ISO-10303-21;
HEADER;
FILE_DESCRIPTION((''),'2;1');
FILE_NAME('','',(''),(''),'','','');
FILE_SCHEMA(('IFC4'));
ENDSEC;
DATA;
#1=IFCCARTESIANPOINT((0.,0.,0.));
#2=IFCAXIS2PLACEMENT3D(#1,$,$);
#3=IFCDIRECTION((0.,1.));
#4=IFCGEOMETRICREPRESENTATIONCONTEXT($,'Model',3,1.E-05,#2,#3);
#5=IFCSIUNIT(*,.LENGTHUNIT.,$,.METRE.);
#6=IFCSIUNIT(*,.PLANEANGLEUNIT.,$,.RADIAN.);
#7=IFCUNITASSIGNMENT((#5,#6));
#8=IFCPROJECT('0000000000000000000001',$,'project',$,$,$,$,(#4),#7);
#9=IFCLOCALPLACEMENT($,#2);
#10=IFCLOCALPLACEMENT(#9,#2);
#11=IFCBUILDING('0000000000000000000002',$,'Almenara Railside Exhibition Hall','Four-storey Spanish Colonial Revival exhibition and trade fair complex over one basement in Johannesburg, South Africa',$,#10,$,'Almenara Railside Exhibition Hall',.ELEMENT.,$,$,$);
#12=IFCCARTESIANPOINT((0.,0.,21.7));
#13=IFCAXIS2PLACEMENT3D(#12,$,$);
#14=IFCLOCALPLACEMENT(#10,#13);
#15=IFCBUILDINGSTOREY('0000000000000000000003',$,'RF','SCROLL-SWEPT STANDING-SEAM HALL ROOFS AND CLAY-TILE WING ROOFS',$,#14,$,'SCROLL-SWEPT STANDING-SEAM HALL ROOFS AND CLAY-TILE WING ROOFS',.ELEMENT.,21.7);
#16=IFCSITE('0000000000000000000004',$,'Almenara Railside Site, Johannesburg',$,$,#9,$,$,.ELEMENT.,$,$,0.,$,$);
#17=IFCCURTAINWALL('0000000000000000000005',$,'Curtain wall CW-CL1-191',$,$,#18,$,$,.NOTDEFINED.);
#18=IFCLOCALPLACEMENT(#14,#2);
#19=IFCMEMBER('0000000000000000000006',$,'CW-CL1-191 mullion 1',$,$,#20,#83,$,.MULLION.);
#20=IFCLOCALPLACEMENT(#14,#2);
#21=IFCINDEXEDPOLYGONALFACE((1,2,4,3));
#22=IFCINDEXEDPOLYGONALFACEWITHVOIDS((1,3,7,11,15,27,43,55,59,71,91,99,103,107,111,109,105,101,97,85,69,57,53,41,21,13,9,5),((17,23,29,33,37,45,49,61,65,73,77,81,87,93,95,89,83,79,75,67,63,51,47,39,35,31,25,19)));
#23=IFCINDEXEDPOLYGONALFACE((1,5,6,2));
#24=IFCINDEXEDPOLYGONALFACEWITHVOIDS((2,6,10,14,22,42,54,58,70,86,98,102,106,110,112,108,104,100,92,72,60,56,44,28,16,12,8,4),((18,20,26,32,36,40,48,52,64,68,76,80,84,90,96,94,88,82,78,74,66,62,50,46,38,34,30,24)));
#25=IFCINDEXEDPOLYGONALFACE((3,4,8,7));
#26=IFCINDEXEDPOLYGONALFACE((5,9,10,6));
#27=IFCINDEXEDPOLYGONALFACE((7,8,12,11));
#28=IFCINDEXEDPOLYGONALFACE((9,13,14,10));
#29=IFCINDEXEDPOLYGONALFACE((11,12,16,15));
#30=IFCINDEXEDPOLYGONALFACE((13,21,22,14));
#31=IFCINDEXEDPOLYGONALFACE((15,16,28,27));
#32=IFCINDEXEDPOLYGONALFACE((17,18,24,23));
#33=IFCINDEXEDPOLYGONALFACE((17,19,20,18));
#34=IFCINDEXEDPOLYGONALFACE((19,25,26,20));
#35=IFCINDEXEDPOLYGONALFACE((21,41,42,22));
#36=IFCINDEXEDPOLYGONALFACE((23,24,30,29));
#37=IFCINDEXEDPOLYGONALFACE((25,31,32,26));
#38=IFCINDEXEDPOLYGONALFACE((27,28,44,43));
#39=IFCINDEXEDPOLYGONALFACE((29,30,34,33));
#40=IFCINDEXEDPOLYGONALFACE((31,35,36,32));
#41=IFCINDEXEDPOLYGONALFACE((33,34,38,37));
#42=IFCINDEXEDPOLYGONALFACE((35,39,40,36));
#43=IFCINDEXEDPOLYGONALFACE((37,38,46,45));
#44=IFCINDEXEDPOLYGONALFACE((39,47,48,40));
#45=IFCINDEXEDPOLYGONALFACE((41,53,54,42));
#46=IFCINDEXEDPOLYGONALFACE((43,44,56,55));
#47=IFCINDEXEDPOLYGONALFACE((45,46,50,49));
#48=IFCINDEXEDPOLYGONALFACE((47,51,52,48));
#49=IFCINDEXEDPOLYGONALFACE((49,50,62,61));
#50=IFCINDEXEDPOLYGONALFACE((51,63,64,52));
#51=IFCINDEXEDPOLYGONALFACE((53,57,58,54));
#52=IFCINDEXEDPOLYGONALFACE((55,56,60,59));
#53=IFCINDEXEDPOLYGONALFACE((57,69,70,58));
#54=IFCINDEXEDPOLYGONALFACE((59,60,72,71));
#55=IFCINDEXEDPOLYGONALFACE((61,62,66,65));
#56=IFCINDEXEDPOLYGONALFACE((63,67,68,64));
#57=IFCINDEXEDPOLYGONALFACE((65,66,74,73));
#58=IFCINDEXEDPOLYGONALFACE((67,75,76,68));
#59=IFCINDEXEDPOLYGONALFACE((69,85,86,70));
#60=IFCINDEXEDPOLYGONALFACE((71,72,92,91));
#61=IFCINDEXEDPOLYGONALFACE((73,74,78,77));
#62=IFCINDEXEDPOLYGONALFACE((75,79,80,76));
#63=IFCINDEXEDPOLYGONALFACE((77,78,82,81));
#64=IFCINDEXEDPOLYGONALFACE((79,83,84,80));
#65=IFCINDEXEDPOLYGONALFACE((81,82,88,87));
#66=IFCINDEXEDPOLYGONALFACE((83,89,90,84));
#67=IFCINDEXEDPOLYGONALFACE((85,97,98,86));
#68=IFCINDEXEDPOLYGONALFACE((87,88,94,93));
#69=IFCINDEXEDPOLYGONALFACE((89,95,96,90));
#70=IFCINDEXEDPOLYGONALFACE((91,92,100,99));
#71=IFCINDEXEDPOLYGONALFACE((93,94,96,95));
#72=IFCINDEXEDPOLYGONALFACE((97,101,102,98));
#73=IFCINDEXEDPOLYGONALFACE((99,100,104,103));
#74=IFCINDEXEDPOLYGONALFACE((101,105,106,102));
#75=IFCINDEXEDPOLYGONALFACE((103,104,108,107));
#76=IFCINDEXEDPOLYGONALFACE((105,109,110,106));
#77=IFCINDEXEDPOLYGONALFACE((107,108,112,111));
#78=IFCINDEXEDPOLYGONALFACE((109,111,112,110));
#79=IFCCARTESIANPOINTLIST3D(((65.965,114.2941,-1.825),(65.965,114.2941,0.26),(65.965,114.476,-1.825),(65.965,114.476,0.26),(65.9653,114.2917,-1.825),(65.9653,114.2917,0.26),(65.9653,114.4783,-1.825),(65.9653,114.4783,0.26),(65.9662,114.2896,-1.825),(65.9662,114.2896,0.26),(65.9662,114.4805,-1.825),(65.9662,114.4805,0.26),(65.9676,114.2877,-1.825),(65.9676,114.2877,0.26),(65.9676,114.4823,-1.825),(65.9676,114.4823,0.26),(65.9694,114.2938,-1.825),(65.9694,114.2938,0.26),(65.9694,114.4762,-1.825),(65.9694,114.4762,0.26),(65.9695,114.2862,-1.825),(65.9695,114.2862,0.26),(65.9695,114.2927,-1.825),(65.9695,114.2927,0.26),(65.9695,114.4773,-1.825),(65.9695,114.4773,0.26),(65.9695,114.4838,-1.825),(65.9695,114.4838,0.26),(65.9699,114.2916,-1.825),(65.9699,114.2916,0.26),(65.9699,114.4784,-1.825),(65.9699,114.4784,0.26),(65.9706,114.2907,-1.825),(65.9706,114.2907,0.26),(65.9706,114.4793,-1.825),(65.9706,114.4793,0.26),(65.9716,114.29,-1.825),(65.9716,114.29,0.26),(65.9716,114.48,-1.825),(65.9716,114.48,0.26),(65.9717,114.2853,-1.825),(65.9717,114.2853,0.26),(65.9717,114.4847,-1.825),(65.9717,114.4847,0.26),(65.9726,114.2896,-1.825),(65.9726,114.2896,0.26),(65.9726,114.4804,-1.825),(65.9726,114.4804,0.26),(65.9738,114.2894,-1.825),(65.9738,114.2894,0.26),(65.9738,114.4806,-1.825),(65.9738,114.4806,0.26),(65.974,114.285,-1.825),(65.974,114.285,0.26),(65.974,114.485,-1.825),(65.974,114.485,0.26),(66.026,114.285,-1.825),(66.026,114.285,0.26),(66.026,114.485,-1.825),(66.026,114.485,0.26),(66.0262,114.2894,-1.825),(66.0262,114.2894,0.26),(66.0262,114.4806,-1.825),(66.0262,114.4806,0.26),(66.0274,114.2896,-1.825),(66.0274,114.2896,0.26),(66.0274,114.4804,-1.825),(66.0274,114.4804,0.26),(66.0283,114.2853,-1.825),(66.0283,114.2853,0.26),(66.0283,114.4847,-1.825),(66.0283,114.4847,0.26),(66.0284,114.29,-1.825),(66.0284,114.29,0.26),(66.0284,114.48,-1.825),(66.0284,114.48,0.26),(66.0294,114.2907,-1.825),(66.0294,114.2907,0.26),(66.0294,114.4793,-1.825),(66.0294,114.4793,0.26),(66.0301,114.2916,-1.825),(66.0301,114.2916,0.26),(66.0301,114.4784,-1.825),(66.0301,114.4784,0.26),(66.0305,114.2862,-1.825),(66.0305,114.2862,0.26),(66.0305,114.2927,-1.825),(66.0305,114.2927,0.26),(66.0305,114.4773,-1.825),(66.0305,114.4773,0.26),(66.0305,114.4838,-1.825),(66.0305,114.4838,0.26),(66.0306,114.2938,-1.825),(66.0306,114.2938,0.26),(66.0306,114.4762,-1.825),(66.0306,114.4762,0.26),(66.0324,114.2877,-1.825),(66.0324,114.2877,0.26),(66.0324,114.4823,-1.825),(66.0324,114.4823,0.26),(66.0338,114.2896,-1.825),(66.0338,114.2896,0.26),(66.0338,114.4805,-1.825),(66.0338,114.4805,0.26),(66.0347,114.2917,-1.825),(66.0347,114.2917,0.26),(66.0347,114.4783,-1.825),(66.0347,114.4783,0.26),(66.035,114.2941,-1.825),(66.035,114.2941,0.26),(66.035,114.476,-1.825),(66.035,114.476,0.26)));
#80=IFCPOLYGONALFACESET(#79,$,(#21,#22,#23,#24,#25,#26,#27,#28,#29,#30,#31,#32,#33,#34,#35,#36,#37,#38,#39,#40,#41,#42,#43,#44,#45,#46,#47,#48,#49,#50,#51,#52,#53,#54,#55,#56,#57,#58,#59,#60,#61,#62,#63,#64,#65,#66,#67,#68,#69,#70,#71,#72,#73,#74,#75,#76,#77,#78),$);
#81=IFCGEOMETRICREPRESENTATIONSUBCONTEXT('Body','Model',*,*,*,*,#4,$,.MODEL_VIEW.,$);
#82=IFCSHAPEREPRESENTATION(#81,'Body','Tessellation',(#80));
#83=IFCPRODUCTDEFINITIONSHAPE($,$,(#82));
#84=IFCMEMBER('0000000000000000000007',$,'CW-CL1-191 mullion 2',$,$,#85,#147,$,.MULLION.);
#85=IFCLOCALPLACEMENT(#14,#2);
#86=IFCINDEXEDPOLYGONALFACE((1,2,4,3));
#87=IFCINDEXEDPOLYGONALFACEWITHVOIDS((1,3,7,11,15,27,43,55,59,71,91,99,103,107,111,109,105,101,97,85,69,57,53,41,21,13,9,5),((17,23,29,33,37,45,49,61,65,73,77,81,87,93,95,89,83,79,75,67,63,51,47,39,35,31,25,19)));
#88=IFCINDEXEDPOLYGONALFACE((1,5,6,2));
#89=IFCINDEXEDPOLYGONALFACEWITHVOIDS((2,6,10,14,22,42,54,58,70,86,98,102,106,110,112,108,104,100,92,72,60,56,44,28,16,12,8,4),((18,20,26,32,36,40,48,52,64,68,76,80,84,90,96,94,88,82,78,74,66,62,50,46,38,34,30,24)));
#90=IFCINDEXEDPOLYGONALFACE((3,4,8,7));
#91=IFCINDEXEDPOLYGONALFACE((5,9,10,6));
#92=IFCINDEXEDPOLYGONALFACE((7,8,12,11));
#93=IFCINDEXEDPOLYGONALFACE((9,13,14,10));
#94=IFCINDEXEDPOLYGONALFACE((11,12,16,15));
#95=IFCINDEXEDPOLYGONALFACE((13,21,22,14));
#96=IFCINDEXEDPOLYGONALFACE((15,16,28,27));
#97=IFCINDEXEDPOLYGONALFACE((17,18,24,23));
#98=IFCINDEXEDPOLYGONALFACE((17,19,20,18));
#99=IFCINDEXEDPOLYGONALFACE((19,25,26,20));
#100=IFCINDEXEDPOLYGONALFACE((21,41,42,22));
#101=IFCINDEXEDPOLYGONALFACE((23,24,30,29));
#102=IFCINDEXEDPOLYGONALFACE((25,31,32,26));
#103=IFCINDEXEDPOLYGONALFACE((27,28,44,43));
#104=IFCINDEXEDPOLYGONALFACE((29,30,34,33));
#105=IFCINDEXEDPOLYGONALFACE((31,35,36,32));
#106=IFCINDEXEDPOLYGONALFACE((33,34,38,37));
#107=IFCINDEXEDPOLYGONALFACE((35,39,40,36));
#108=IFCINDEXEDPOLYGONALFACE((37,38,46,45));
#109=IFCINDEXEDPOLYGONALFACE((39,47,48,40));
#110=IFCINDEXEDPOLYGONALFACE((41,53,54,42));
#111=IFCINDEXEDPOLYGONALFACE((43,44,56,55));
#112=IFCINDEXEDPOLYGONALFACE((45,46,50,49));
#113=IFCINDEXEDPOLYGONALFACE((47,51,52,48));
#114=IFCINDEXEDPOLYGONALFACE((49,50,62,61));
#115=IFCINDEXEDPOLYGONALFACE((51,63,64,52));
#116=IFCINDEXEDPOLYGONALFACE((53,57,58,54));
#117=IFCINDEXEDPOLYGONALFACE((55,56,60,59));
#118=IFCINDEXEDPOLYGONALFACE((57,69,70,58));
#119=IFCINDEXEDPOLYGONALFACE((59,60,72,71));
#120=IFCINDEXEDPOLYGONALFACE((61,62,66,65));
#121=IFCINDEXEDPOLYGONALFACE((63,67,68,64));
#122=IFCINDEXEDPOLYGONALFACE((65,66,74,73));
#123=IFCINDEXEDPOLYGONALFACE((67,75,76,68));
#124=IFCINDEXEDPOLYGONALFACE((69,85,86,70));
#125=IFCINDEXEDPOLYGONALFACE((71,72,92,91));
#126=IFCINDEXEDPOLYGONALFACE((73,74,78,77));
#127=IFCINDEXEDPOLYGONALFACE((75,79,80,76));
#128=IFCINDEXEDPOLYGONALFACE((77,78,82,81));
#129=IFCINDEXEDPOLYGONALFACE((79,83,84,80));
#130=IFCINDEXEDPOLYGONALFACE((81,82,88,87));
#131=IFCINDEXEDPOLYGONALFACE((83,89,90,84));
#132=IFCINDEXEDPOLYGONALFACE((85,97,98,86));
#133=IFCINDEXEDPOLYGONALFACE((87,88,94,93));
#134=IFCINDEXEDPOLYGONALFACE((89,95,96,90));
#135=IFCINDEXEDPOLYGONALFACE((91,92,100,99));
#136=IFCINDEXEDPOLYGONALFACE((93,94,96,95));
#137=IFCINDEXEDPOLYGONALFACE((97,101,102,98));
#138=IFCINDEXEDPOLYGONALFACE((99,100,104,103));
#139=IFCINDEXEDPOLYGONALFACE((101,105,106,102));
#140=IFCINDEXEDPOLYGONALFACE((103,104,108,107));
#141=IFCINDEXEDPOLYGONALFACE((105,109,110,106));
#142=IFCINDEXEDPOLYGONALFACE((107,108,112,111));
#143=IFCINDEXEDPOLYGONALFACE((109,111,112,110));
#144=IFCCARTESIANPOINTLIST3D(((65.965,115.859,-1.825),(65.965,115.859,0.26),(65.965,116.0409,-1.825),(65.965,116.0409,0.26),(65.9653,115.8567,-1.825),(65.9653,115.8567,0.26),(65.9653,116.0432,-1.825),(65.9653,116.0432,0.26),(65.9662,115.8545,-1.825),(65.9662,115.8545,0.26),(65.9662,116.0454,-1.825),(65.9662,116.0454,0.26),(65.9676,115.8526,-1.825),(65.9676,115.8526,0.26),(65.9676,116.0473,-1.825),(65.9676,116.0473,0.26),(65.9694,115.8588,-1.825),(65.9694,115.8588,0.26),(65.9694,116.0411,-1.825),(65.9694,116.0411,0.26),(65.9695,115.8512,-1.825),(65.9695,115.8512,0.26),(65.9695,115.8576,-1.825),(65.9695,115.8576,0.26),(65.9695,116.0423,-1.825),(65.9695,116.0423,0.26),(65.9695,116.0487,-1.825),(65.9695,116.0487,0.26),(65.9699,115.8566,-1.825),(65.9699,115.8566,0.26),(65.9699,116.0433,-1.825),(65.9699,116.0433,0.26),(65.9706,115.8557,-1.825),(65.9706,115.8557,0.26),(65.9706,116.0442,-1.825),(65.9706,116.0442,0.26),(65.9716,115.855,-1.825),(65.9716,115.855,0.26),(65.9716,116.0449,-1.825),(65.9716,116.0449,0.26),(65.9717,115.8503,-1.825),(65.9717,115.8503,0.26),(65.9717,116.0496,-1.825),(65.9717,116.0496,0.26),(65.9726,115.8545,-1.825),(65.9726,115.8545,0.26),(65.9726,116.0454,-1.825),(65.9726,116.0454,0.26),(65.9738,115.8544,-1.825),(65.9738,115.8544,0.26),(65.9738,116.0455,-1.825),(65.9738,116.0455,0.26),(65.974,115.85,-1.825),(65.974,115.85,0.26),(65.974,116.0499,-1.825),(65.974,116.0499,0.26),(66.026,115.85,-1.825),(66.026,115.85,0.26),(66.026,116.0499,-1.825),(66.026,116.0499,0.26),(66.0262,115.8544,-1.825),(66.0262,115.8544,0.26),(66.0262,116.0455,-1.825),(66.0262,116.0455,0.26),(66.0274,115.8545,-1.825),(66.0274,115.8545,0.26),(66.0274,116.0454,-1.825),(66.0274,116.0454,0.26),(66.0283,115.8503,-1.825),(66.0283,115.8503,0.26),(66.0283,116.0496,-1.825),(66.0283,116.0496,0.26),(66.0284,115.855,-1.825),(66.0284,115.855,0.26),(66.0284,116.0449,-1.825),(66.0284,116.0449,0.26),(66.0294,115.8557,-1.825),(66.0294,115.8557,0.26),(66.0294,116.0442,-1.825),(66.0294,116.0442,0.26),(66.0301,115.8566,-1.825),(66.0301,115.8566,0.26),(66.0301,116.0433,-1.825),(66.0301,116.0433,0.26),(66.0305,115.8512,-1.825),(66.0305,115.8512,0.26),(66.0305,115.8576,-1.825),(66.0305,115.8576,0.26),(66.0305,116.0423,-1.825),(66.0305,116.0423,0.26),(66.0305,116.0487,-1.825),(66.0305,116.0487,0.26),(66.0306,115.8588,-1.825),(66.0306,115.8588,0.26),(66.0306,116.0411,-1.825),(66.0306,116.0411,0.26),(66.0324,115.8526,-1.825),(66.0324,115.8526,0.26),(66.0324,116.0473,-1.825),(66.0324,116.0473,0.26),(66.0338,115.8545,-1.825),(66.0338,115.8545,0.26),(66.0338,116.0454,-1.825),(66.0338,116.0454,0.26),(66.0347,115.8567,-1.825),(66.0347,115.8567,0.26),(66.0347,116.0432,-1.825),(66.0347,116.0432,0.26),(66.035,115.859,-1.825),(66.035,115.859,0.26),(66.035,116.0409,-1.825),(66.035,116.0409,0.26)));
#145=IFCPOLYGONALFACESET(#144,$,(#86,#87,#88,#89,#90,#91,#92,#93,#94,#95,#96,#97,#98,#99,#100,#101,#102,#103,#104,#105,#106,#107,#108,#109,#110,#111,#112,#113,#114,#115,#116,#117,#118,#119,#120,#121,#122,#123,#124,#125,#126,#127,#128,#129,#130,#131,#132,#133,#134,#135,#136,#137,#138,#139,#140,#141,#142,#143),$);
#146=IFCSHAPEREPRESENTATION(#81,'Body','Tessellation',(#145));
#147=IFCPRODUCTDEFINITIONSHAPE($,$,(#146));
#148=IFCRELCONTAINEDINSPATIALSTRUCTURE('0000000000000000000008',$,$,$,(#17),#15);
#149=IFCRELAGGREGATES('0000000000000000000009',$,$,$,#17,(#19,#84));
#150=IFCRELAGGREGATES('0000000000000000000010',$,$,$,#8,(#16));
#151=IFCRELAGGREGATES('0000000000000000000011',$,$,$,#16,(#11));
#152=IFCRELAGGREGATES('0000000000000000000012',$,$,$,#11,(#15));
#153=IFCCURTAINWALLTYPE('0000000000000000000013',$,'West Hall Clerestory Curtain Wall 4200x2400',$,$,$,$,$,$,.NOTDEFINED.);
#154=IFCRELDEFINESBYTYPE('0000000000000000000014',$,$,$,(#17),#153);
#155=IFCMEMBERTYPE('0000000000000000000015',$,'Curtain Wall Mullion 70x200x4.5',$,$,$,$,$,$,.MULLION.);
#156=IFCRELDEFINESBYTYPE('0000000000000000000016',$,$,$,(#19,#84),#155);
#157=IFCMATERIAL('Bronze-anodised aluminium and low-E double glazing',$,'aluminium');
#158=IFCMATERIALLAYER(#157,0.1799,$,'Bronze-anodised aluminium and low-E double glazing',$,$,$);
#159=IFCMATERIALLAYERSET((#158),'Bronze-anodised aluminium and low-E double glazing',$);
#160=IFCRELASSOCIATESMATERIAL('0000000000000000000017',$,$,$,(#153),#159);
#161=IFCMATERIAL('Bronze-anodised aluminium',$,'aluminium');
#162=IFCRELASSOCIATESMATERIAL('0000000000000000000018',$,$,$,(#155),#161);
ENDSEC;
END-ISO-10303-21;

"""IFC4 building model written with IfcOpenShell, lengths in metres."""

from ifc_helpers import new_model, si_unit, direction, frame, origin, origin_2d, place, context, subcontext, project, spatial, hollow_rectangle, extrude, material, layer, layer_set, material_profile, profile_set, type_object, element, aggregate, save


model = new_model("IFC4")

# Units and contexts
model_context = context("Model", 3, precision=1e-05, world=origin(), true_north=direction((0.0, 1.0)))
body_context = subcontext(model_context, "Body", "Model", "MODEL_VIEW")
ifc_project = project(units=[si_unit("LENGTHUNIT", "METRE"), si_unit("PLANEANGLEUNIT", "RADIAN")], contexts=[model_context])

# Site, building, storey
site_placement = place(None, origin())
site = spatial("IfcSite", under=ifc_project, at=site_placement, Name="Almenara Railside Site, Johannesburg", CompositionType="ELEMENT", RefElevation=0.0)
building_placement = place(site_placement, origin())
building = spatial("IfcBuilding", under=site, at=building_placement, Name="Almenara Railside Exhibition Hall", Description="Four-storey Spanish Colonial Revival exhibition and trade fair complex over one basement in Johannesburg, South Africa", LongName="Almenara Railside Exhibition Hall", CompositionType="ELEMENT")
storey_placement = place(building_placement, frame((0.0, 0.0, 21.7)))
storey = spatial("IfcBuildingStorey", under=building, at=storey_placement, Name="RF", Description="SCROLL-SWEPT STANDING-SEAM HALL ROOFS AND CLAY-TILE WING ROOFS", LongName="SCROLL-SWEPT STANDING-SEAM HALL ROOFS AND CLAY-TILE WING ROOFS", CompositionType="ELEMENT", Elevation=21.7)

# Curtain wall, members
ifc_material_1 = material(Name="Bronze-anodised aluminium and low-E double glazing", Category="aluminium")
ifc_layer_1 = layer(ifc_material_1, 0.1799, Name="Bronze-anodised aluminium and low-E double glazing")
ifc_layer_set_1 = layer_set([ifc_layer_1], Name="Bronze-anodised aluminium and low-E double glazing")
curtain_wall_type = type_object("IfcCurtainWallType", Name="West Hall Clerestory Curtain Wall 4200x2400", PredefinedType="NOTDEFINED", material=ifc_layer_set_1)
ifc_material_2 = material(Name="Bronze-anodised aluminium", Category="aluminium")
curtain_wall_1_placement = place(storey_placement, origin())
curtain_wall_1 = element("IfcCurtainWall", 1, at=curtain_wall_1_placement, inside=storey, type_object=curtain_wall_type, Name="Curtain wall CW-CL1-191", PredefinedType="NOTDEFINED")
ifc_material_profile_1 = material_profile(ifc_material_2, hollow_rectangle(XDim=0.0701, YDim=0.2, WallThickness=0.0044, InnerFilletRadius=0.0044, OuterFilletRadius=0.009, at=origin_2d()), Name="ALU-MUL 70x200x4.5")
ifc_profile_set_1 = profile_set([ifc_material_profile_1], Name="Bronze-anodised aluminium")
member_type_1 = type_object("IfcMemberType", Name="Curtain Wall Mullion 70x200x4.5", PredefinedType="MULLION", material=ifc_profile_set_1)
member_1_placement = place(storey_placement, frame((66.0, 114.385, -1.825), z_axis=(0.0, 0.0, 1.0), x_axis=(-1.0, 0.0, 0.0)))
member_1 = element("IfcMember", 2, at=member_1_placement, type_object=member_type_1, Name="CW-CL1-191 mullion 1", PredefinedType="MULLION", context=body_context, shape_type="SweptSolid", body=[
    extrude(hollow_rectangle(XDim=0.0701, YDim=0.2, WallThickness=0.0044, InnerFilletRadius=0.0044, OuterFilletRadius=0.009, at=origin_2d()), origin(), (0.0, 0.0, 1.0), 2.085),
])
member_2_placement = place(storey_placement, frame((66.0, 115.95, -1.825), z_axis=(0.0, 0.0, 1.0), x_axis=(-1.0, 0.0, 0.0)))
member_2 = element("IfcMember", 3, at=member_2_placement, type_object=member_type_1, Name="CW-CL1-191 mullion 2", PredefinedType="MULLION", context=body_context, shape_type="SweptSolid", body=[
    extrude(hollow_rectangle(XDim=0.0701, YDim=0.2, WallThickness=0.0044, InnerFilletRadius=0.0044, OuterFilletRadius=0.009, at=origin_2d()), origin(), (0.0, 0.0, 1.0), 2.085),
])

aggregate(curtain_wall_1, [member_1, member_2])

save(model, "model.ifc")
